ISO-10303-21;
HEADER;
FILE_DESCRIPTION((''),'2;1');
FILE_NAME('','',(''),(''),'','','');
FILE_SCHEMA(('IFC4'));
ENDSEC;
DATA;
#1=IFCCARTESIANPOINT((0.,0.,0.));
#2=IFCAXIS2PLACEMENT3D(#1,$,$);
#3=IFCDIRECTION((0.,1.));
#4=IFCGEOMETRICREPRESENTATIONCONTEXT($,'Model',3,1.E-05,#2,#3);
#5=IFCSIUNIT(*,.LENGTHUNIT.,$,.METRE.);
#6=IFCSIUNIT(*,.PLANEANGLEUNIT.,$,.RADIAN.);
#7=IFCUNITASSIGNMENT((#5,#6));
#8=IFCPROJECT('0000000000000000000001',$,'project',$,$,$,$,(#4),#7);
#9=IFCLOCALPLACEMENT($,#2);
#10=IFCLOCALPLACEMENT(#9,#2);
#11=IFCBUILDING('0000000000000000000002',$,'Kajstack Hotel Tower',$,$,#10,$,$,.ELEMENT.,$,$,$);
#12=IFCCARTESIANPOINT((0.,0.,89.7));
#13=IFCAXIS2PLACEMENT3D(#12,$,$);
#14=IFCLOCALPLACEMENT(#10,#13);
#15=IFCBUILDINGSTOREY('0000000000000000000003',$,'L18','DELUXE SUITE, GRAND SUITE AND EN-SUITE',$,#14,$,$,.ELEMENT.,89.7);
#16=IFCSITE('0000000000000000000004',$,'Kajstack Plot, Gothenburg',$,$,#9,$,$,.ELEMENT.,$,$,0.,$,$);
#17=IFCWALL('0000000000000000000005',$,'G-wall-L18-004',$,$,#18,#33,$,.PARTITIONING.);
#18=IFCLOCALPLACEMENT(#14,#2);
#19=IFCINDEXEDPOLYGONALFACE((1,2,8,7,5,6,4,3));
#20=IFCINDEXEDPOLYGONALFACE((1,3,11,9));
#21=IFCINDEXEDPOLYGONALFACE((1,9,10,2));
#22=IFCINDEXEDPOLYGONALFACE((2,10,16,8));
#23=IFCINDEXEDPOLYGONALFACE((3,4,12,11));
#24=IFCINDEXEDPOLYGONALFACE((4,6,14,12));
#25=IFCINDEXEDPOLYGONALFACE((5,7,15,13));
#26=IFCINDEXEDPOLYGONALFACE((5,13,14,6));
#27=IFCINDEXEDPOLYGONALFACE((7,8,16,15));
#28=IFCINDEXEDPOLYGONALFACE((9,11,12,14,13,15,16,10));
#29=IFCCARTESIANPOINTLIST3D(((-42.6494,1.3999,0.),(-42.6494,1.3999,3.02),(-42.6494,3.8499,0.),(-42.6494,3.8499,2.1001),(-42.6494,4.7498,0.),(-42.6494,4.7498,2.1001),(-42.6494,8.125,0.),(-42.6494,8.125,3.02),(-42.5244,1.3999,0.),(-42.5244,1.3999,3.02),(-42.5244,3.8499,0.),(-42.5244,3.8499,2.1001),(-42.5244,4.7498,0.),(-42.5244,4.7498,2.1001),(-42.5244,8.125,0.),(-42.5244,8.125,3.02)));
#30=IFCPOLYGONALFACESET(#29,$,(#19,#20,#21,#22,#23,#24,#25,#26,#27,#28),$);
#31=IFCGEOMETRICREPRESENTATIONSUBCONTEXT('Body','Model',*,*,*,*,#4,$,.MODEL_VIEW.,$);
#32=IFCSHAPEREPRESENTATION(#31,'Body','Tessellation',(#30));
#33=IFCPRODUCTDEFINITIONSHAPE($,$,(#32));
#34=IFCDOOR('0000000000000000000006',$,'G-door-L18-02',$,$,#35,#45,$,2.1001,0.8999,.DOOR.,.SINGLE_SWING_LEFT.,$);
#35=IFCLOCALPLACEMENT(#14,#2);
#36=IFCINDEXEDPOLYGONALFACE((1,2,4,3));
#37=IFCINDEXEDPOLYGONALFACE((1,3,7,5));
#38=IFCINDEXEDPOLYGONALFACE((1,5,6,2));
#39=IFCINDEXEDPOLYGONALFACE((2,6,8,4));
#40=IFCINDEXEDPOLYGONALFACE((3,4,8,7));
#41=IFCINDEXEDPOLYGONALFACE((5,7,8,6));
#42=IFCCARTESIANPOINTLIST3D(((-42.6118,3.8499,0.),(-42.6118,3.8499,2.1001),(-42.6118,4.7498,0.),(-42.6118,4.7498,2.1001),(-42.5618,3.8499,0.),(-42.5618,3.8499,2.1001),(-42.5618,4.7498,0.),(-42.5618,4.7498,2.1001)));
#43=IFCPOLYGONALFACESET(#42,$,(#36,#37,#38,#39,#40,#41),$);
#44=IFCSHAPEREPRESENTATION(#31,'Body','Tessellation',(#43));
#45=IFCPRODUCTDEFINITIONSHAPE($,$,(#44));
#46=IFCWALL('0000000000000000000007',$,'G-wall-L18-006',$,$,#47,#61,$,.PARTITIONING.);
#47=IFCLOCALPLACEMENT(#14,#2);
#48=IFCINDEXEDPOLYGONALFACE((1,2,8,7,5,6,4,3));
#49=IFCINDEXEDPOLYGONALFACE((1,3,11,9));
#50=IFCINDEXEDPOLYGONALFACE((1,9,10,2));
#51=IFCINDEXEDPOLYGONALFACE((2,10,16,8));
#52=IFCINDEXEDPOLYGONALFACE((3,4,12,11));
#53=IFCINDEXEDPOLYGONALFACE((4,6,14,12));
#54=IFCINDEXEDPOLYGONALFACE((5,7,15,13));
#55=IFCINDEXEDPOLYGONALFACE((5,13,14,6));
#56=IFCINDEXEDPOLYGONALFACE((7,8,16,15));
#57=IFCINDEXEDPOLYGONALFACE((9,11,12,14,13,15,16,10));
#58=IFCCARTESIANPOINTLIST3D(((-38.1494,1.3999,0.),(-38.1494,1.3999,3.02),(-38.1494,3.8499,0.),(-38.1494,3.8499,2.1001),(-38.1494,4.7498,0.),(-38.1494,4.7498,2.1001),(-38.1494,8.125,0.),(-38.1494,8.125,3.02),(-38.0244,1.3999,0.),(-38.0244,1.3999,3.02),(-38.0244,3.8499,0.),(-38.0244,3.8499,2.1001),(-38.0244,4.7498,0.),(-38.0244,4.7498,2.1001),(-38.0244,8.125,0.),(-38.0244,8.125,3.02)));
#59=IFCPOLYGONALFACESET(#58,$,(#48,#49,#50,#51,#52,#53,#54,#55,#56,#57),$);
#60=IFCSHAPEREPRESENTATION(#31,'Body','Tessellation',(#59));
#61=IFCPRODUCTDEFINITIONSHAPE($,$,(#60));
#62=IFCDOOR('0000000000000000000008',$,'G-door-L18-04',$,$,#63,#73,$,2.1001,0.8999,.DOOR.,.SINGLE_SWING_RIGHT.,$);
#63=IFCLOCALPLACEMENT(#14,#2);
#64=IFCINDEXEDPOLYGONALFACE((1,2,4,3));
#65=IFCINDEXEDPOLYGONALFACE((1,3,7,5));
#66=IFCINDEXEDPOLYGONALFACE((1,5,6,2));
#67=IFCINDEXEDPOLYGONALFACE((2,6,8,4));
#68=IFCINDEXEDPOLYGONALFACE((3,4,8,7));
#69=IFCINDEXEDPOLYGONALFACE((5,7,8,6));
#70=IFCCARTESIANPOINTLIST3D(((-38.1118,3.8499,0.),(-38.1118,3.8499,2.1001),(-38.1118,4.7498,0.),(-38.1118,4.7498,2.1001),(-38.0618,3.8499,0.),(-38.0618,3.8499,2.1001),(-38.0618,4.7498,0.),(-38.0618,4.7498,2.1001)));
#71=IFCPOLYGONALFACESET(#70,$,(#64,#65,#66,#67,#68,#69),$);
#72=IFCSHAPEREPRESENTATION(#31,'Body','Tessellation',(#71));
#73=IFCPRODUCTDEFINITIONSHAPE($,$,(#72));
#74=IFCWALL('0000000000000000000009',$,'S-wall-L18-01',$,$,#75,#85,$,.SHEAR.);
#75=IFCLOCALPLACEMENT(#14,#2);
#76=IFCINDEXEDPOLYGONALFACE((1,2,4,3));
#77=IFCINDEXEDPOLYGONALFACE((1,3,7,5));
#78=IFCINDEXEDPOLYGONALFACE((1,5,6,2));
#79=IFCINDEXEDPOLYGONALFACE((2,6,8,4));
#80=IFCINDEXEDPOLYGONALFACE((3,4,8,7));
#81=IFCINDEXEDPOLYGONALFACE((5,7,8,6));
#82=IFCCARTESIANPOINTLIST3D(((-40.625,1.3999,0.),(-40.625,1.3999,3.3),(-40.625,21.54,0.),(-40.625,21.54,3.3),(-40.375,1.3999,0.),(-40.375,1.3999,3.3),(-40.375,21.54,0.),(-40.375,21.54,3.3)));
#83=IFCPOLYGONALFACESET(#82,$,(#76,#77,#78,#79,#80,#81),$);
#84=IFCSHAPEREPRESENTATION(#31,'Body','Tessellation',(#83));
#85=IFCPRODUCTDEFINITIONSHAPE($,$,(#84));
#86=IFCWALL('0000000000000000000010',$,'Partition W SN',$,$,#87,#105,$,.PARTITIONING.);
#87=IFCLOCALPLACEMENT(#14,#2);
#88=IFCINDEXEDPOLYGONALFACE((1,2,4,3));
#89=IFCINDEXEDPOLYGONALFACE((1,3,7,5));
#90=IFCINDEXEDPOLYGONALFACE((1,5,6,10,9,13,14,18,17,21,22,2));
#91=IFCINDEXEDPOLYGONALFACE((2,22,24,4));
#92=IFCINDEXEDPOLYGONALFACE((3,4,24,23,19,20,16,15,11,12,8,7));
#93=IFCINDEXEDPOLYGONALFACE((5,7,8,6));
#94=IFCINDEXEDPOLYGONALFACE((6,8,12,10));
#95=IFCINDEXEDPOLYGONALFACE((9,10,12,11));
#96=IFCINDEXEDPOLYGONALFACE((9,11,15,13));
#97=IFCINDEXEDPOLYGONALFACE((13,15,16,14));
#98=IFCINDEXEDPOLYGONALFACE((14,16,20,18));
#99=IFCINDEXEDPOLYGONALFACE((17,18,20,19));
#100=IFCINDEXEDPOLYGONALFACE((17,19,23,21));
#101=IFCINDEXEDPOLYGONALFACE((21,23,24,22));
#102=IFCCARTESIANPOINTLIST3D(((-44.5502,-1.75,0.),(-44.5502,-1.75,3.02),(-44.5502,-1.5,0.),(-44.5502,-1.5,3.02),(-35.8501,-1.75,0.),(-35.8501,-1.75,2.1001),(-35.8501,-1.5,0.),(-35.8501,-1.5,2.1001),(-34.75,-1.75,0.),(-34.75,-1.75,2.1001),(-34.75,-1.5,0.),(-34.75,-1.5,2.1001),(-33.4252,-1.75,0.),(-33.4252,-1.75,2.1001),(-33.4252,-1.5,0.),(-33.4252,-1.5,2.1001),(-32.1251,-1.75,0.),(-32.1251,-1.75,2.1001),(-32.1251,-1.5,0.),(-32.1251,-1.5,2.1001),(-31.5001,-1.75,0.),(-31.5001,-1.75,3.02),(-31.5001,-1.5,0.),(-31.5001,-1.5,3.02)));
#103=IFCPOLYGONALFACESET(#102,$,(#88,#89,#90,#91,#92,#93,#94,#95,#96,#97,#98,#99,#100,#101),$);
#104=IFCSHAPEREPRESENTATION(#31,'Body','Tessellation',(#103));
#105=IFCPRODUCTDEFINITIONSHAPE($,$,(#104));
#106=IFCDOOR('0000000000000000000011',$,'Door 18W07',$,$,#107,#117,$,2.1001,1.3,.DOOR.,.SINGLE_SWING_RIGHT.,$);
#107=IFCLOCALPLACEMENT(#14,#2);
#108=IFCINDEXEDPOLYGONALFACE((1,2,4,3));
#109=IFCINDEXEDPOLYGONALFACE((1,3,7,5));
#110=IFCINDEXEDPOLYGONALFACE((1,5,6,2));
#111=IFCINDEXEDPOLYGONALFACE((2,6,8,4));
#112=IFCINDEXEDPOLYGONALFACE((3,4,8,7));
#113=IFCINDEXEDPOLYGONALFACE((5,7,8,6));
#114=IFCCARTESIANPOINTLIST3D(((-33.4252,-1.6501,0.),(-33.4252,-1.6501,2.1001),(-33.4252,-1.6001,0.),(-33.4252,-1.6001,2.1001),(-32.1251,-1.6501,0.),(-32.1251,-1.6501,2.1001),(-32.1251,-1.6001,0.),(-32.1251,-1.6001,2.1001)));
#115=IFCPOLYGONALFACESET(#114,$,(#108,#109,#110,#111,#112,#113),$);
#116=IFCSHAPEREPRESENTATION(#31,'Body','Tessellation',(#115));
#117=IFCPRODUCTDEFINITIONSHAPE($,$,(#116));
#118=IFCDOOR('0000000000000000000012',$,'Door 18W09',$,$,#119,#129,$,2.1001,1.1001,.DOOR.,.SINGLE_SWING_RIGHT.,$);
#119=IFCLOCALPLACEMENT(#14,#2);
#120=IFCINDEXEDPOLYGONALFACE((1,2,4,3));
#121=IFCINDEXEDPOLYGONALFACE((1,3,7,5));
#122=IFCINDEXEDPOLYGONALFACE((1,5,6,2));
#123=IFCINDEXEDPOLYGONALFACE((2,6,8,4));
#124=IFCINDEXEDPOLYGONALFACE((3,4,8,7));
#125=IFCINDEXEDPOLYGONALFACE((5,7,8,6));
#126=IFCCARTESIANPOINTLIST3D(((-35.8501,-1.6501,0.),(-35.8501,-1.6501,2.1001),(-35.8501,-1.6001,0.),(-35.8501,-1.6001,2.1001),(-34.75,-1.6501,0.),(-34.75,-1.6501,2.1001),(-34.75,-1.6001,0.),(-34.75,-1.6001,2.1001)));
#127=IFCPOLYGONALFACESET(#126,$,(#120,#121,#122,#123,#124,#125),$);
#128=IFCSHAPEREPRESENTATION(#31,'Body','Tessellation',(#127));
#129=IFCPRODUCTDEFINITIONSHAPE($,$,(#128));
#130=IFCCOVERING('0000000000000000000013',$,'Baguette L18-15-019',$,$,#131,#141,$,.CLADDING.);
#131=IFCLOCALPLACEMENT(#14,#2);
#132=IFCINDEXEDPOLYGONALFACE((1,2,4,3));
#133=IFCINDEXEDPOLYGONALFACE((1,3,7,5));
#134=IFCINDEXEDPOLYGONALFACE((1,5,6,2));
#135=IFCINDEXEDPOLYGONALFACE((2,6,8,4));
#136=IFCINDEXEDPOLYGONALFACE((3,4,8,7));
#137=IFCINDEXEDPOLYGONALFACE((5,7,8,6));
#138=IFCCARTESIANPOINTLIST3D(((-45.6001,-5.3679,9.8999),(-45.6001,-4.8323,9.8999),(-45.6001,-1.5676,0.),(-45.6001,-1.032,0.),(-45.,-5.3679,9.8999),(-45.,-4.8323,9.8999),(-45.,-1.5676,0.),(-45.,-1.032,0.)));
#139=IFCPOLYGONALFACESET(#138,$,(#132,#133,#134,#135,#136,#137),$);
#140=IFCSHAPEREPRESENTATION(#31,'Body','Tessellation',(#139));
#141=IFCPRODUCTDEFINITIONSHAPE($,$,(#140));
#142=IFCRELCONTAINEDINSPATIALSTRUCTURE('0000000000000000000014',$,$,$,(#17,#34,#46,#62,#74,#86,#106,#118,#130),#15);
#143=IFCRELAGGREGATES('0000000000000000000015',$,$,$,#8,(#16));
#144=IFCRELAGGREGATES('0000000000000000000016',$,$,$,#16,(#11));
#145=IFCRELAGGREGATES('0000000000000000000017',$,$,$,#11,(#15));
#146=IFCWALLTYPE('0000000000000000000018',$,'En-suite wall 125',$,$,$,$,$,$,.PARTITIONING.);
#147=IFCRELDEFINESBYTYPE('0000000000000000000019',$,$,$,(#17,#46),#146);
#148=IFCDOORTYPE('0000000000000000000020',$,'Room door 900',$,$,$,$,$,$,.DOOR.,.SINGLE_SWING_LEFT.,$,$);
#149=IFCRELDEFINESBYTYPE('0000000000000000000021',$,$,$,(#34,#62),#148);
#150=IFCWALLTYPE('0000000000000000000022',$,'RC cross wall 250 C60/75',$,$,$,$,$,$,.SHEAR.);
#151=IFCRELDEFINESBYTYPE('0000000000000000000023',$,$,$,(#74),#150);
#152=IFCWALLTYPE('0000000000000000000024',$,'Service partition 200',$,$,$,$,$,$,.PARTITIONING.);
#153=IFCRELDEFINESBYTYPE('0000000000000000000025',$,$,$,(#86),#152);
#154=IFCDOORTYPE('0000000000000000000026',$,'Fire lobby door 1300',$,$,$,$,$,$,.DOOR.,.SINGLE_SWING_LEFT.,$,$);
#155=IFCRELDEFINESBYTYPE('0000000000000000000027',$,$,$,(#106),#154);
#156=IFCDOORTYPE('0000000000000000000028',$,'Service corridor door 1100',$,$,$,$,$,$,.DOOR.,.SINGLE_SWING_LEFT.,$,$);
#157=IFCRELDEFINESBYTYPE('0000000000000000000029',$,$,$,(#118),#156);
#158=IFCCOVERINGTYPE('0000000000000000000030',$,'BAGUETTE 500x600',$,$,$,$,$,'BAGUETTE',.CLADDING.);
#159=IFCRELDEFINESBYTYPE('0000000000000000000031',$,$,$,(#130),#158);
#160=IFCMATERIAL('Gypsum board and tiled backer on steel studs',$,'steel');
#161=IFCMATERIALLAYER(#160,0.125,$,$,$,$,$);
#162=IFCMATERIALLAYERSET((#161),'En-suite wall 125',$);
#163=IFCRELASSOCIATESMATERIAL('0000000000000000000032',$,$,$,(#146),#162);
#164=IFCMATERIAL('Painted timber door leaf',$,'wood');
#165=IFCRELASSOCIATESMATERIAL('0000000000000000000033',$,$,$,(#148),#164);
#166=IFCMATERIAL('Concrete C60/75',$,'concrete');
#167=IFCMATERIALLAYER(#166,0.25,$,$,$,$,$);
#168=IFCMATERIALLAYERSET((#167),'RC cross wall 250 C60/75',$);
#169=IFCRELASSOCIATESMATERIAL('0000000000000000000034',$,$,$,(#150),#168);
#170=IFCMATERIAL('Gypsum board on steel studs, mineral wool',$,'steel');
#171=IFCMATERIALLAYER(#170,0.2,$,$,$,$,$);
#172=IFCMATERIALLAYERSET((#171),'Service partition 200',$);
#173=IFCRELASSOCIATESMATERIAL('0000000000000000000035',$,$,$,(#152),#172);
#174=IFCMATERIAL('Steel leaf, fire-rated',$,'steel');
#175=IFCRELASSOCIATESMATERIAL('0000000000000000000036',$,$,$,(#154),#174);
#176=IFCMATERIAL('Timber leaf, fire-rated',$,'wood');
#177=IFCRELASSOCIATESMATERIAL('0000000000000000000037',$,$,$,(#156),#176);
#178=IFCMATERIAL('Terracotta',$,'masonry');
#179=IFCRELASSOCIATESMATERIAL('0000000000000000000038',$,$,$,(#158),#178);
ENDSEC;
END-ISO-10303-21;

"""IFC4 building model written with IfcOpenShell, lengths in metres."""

from ifc_helpers import new_model, si_unit, direction, frame, frame_2d, origin, origin_2d, place, context, subcontext, project, spatial, polyline, rectangle, outline, extrude, material, layer, layer_set, material_profile, profile_set, type_object, element, fill, save


model = new_model("IFC4")

# Units and contexts
model_context = context("Model", 3, precision=1e-05, world=origin(), true_north=direction((0.0, 1.0)))
body_context = subcontext(model_context, "Body", "Model", "MODEL_VIEW")
ifc_project = project(units=[si_unit("LENGTHUNIT", "METRE"), si_unit("PLANEANGLEUNIT", "RADIAN")], contexts=[model_context])

# Site, building, storey
site_placement = place(None, origin())
site = spatial("IfcSite", under=ifc_project, at=site_placement, Name="Kajstack Plot, Gothenburg", CompositionType="ELEMENT", RefElevation=0.0)
building_placement = place(site_placement, origin())
building = spatial("IfcBuilding", under=site, at=building_placement, Name="Kajstack Hotel Tower", CompositionType="ELEMENT")
storey_placement = place(building_placement, frame((0.0, 0.0, 89.7)))
storey = spatial("IfcBuildingStorey", under=building, at=storey_placement, Name="L18", Description="DELUXE SUITE, GRAND SUITE AND EN-SUITE", CompositionType="ELEMENT", Elevation=89.7)

# Shared definitions
ifc_material_1 = material(Name="Gypsum board on steel studs, mineral wool", Category="steel")

# Walls, openings, doors
ifc_material_2 = material(Name="Gypsum board and tiled backer on steel studs", Category="steel")
ifc_layer_1 = layer(ifc_material_2, 0.125)
ifc_layer_set_1 = layer_set([ifc_layer_1], Name="En-suite wall 125")
wall_type_1 = type_object("IfcWallType", Name="En-suite wall 125", PredefinedType="PARTITIONING", material=ifc_layer_set_1)
wall_1_placement = place(storey_placement, frame((-42.5869, 1.3999, 0.0), z_axis=(0.0, 0.0, 1.0), x_axis=(0.0, 1.0, 0.0)))
wall_1 = element("IfcWall", 1, at=wall_1_placement, inside=storey, type_object=wall_type_1, Name="G-wall-L18-004", PredefinedType="PARTITIONING", context=body_context, shape_type="SweptSolid", body=[
    extrude(rectangle(XDim=6.7251, YDim=0.125, at=frame_2d((3.3625, 0.0))), origin(), (0.0, 0.0, 1.0), 3.02),
])
opening_1_placement = place(wall_1_placement, frame((2.45, 0.0, 0.0)))
opening_1 = element("IfcOpeningElement", 2, at=opening_1_placement, cuts=wall_1, PredefinedType="OPENING", context=body_context, shape_type="SweptSolid", body=[
    extrude(rectangle(XDim=0.8999, YDim=2.1001, at=frame_2d((0.45, 1.05))), frame((0.0, 0.0725, 0.0), z_axis=(0.0, -1.0, 0.0), x_axis=(1.0, 0.0, 0.0)), (0.0, 0.0, 1.0), 0.145),
])
ifc_material_3 = material(Name="Painted timber door leaf", Category="wood")
door_type_1 = type_object("IfcDoorType", Name="Room door 900", OperationType="SINGLE_SWING_LEFT", PredefinedType="DOOR", material=ifc_material_3)
door_1_placement = place(opening_1_placement, origin())
door_1 = element("IfcDoor", 3, at=door_1_placement, inside=storey, type_object=door_type_1, Name="G-door-L18-02", OperationType="SINGLE_SWING_LEFT", OverallHeight=2.1001, OverallWidth=0.8999, PredefinedType="DOOR", context=body_context, shape_type="SweptSolid", body=[
    extrude(rectangle(XDim=0.8999, YDim=2.1001, at=frame_2d((0.45, 1.05))), frame((0.0, 0.0249, 0.0), z_axis=(0.0, -1.0, 0.0), x_axis=(1.0, 0.0, 0.0)), (0.0, 0.0, 1.0), 0.05),
])
fill(opening_1, door_1)
wall_2_placement = place(storey_placement, frame((-38.0869, 1.3999, 0.0), z_axis=(0.0, 0.0, 1.0), x_axis=(0.0, 1.0, 0.0)))
wall_2 = element("IfcWall", 4, at=wall_2_placement, inside=storey, type_object=wall_type_1, Name="G-wall-L18-006", PredefinedType="PARTITIONING", context=body_context, shape_type="SweptSolid", body=[
    extrude(rectangle(XDim=6.7251, YDim=0.125, at=frame_2d((3.3625, 0.0))), origin(), (0.0, 0.0, 1.0), 3.02),
])
opening_2_placement = place(wall_2_placement, frame((2.45, 0.0, 0.0)))
opening_2 = element("IfcOpeningElement", 5, at=opening_2_placement, cuts=wall_2, PredefinedType="OPENING", context=body_context, shape_type="SweptSolid", body=[
    extrude(rectangle(XDim=0.8999, YDim=2.1001, at=frame_2d((0.45, 1.05))), frame((0.0, 0.0725, 0.0), z_axis=(0.0, -1.0, 0.0), x_axis=(1.0, 0.0, 0.0)), (0.0, 0.0, 1.0), 0.145),
])
door_2_placement = place(opening_2_placement, origin())
door_2 = element("IfcDoor", 6, at=door_2_placement, inside=storey, type_object=door_type_1, Name="G-door-L18-04", OperationType="SINGLE_SWING_RIGHT", OverallHeight=2.1001, OverallWidth=0.8999, PredefinedType="DOOR", context=body_context, shape_type="SweptSolid", body=[
    extrude(rectangle(XDim=0.8999, YDim=2.1001, at=frame_2d((0.45, 1.05))), frame((0.0, 0.0249, 0.0), z_axis=(0.0, -1.0, 0.0), x_axis=(1.0, 0.0, 0.0)), (0.0, 0.0, 1.0), 0.05),
])
fill(opening_2, door_2)

# Wall
ifc_material_4 = material(Name="Concrete C60/75", Category="concrete")
ifc_layer_2 = layer(ifc_material_4, 0.25)
ifc_layer_set_2 = layer_set([ifc_layer_2], Name="RC cross wall 250 C60/75")
wall_type_2 = type_object("IfcWallType", Name="RC cross wall 250 C60/75", PredefinedType="SHEAR", material=ifc_layer_set_2)
wall_3_placement = place(storey_placement, frame((-40.5, 1.3999, 0.0), z_axis=(0.0, 0.0, 1.0), x_axis=(0.0, 1.0, 0.0)))
element("IfcWall", 7, at=wall_3_placement, inside=storey, type_object=wall_type_2, Name="S-wall-L18-01", PredefinedType="SHEAR", context=body_context, shape_type="SweptSolid", body=[
    extrude(rectangle(XDim=20.1401, YDim=0.25, at=frame_2d((10.0701, 0.0))), origin(), (0.0, 0.0, 1.0), 3.3),
])

# Wall, openings, doors
ifc_layer_3 = layer(ifc_material_1, 0.2)
ifc_layer_set_3 = layer_set([ifc_layer_3], Name="Service partition 200")
wall_type_3 = type_object("IfcWallType", Name="Service partition 200", PredefinedType="PARTITIONING", material=ifc_layer_set_3)
wall_4_placement = place(storey_placement, frame((-44.55, -1.625, 0.0), z_axis=(0.0, 0.0, 1.0), x_axis=(1.0, 0.0, 0.0)))
wall_4 = element("IfcWall", 8, at=wall_4_placement, inside=storey, type_object=wall_type_3, Name="Partition W SN", PredefinedType="PARTITIONING", context=body_context, shape_type="SweptSolid", body=[
    extrude(rectangle(XDim=13.05, YDim=0.25, at=frame_2d((6.5249, 0.0))), origin(), (0.0, 0.0, 1.0), 3.02),
])
opening_3_placement = place(wall_4_placement, frame((11.125, 0.0, 0.0)))
opening_3 = element("IfcOpeningElement", 9, at=opening_3_placement, cuts=wall_4, PredefinedType="OPENING", context=body_context, shape_type="SweptSolid", body=[
    extrude(rectangle(XDim=1.3, YDim=2.1001, at=frame_2d((0.6499, 1.05))), frame((0.0, 0.135, 0.0), z_axis=(0.0, -1.0, 0.0), x_axis=(1.0, 0.0, 0.0)), (0.0, 0.0, 1.0), 0.27),
])
opening_4_placement = place(wall_4_placement, frame((8.7, 0.0, 0.0)))
opening_4 = element("IfcOpeningElement", 10, at=opening_4_placement, cuts=wall_4, PredefinedType="OPENING", context=body_context, shape_type="SweptSolid", body=[
    extrude(rectangle(XDim=1.1001, YDim=2.1001, at=frame_2d((0.55, 1.05))), frame((0.0, 0.135, 0.0), z_axis=(0.0, -1.0, 0.0), x_axis=(1.0, 0.0, 0.0)), (0.0, 0.0, 1.0), 0.27),
])
ifc_material_5 = material(Name="Steel leaf, fire-rated", Category="steel")
door_type_2 = type_object("IfcDoorType", Name="Fire lobby door 1300", OperationType="SINGLE_SWING_LEFT", PredefinedType="DOOR", material=ifc_material_5)
door_3_placement = place(opening_3_placement, origin())
door_3 = element("IfcDoor", 11, at=door_3_placement, inside=storey, type_object=door_type_2, Name="Door 18W07", OperationType="SINGLE_SWING_RIGHT", OverallHeight=2.1001, OverallWidth=1.3, PredefinedType="DOOR", context=body_context, shape_type="SweptSolid", body=[
    extrude(rectangle(XDim=1.3, YDim=2.1001, at=frame_2d((0.6499, 1.05))), frame((0.0, 0.0249, 0.0), z_axis=(0.0, -1.0, 0.0), x_axis=(1.0, 0.0, 0.0)), (0.0, 0.0, 1.0), 0.05),
])
fill(opening_3, door_3)
ifc_material_6 = material(Name="Timber leaf, fire-rated", Category="wood")
door_type_3 = type_object("IfcDoorType", Name="Service corridor door 1100", OperationType="SINGLE_SWING_LEFT", PredefinedType="DOOR", material=ifc_material_6)
door_4_placement = place(opening_4_placement, origin())
door_4 = element("IfcDoor", 12, at=door_4_placement, inside=storey, type_object=door_type_3, Name="Door 18W09", OperationType="SINGLE_SWING_RIGHT", OverallHeight=2.1001, OverallWidth=1.1001, PredefinedType="DOOR", context=body_context, shape_type="SweptSolid", body=[
    extrude(rectangle(XDim=1.1001, YDim=2.1001, at=frame_2d((0.55, 1.05))), frame((0.0, 0.0249, 0.0), z_axis=(0.0, -1.0, 0.0), x_axis=(1.0, 0.0, 0.0)), (0.0, 0.0, 1.0), 0.05),
])
fill(opening_4, door_4)

# Covering
ifc_material_7 = material(Name="Terracotta", Category="masonry")
ifc_material_profile = material_profile(ifc_material_7, rectangle(XDim=0.6001, YDim=0.5, at=origin_2d()), Name="Terracotta-clad concrete baguette 500 x 600")
ifc_profile_set = profile_set([ifc_material_profile], Name="Terracotta")
covering_type = type_object("IfcCoveringType", Name="BAGUETTE 500x600", ElementType="BAGUETTE", PredefinedType="CLADDING", material=ifc_profile_set)
covering_placement = place(storey_placement, frame((-45.0, -1.032, 0.0), z_axis=(-1.0, 0.0, 0.0), x_axis=(0.0, -1.0, 0.0)))
element("IfcCovering", 13, at=covering_placement, inside=storey, type_object=covering_type, Name="Baguette L18-15-019", PredefinedType="CLADDING", context=body_context, shape_type="SweptSolid", body=[
    extrude(outline(polyline([(3.8003, 9.8999), (0.0, 0.0), (0.5356, 0.0), (4.3359, 9.8999), (3.8003, 9.8999)])), origin(), (0.0, 0.0, 1.0), 0.6001),
])

save(model, "model.ifc")
